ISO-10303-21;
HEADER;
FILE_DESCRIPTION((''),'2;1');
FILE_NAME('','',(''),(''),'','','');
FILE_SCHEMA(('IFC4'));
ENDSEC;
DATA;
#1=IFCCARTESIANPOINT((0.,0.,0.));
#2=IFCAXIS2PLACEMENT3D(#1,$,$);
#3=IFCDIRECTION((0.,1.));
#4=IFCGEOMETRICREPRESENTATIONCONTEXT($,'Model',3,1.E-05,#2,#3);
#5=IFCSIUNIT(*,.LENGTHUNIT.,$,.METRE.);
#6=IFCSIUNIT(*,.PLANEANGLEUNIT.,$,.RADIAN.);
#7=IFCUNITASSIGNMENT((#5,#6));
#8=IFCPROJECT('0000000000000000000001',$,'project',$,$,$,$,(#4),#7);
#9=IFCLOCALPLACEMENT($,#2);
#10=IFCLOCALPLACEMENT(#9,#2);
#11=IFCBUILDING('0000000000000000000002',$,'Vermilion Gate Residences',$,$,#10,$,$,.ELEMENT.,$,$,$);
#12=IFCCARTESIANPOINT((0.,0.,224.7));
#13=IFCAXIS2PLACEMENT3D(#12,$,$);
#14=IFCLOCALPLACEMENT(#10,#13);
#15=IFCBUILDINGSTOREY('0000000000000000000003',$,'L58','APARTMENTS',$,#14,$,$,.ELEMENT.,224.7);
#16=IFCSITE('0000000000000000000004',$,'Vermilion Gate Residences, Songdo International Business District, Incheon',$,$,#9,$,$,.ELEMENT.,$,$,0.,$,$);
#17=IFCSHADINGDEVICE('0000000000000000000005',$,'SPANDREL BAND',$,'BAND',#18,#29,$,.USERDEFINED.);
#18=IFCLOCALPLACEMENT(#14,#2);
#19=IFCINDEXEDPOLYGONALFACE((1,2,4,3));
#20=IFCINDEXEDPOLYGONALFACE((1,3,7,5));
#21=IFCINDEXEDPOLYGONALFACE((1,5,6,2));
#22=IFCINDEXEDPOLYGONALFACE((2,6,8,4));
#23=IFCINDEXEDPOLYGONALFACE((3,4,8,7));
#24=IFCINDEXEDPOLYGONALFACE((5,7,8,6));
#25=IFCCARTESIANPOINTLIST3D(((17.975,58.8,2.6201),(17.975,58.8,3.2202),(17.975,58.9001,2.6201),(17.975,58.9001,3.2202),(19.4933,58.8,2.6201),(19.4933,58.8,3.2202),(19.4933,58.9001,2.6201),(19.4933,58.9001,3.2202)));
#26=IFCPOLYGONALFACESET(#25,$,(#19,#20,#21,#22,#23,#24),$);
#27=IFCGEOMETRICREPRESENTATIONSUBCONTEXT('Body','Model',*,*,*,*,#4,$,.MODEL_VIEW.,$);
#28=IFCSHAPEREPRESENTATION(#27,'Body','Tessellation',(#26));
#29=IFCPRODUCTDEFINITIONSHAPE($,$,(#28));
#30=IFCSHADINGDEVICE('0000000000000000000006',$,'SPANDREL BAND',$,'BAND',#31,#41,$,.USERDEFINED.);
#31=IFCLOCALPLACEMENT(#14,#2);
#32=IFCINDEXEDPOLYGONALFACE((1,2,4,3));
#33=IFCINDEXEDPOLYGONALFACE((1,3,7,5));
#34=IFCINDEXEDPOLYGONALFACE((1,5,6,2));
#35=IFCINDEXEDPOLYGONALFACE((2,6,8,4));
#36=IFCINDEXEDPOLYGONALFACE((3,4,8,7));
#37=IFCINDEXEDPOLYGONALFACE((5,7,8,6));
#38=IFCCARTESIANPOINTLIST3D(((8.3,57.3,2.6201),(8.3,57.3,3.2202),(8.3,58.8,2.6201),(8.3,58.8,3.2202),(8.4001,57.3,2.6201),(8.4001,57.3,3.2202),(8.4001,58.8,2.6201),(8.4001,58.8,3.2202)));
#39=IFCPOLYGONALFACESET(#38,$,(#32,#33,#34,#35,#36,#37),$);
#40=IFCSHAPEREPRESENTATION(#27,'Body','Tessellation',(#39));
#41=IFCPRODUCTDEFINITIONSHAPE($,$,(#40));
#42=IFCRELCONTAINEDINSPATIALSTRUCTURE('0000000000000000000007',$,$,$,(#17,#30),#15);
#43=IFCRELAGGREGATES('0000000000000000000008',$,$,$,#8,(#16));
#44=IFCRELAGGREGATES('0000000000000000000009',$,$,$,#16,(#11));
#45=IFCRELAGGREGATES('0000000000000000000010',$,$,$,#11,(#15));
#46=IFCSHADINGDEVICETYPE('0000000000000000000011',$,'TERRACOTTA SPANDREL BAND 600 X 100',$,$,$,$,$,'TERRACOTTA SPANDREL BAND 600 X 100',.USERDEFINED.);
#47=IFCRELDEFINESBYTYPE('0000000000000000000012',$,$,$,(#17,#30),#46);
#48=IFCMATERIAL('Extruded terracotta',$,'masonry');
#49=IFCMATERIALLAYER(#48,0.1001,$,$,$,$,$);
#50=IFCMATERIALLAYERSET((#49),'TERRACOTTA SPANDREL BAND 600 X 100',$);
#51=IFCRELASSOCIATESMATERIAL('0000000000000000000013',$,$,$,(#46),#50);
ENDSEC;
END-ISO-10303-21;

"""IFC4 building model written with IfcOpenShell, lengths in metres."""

from ifc_helpers import new_model, si_unit, direction, frame, origin, origin_2d, place, context, subcontext, project, spatial, rectangle, extrude, material, layer, layer_set, type_object, element, save


model = new_model("IFC4")

# Units and contexts
model_context = context("Model", 3, precision=1e-05, world=origin(), true_north=direction((0.0, 1.0)))
body_context = subcontext(model_context, "Body", "Model", "MODEL_VIEW")
ifc_project = project(units=[si_unit("LENGTHUNIT", "METRE"), si_unit("PLANEANGLEUNIT", "RADIAN")], contexts=[model_context])

# Site, building, storey
site_placement = place(None, origin())
site = spatial("IfcSite", under=ifc_project, at=site_placement, Name="Vermilion Gate Residences, Songdo International Business District, Incheon", CompositionType="ELEMENT", RefElevation=0.0)
building_placement = place(site_placement, origin())
building = spatial("IfcBuilding", under=site, at=building_placement, Name="Vermilion Gate Residences", CompositionType="ELEMENT")
storey_placement = place(building_placement, frame((0.0, 0.0, 224.7)))
storey = spatial("IfcBuildingStorey", under=building, at=storey_placement, Name="L58", Description="APARTMENTS", CompositionType="ELEMENT", Elevation=224.7)

# Shading devices
ifc_material_1 = material(Name="Extruded terracotta", Category="masonry")
ifc_layer_1 = layer(ifc_material_1, 0.1001)
ifc_layer_set_1 = layer_set([ifc_layer_1], Name="TERRACOTTA SPANDREL BAND 600 X 100")
shading_device_type = type_object("IfcShadingDeviceType", Name="TERRACOTTA SPANDREL BAND 600 X 100", ElementType="TERRACOTTA SPANDREL BAND 600 X 100", PredefinedType="USERDEFINED", material=ifc_layer_set_1)
shading_device_1_placement = place(storey_placement, frame((18.7341, 58.8501, 2.6201), z_axis=(0.0, 0.0, 1.0), x_axis=(1.0, 0.0, 0.0)))
element("IfcShadingDevice", 1, at=shading_device_1_placement, inside=storey, type_object=shading_device_type, Name="SPANDREL BAND", ObjectType="BAND", PredefinedType="USERDEFINED", context=body_context, shape_type="SweptSolid", body=[
    extrude(rectangle(XDim=1.5183, YDim=0.1001, at=origin_2d()), origin(), (0.0, 0.0, 1.0), 0.6001),
])
shading_device_2_placement = place(storey_placement, frame((8.3501, 58.05, 2.6201), z_axis=(0.0, 0.0, 1.0), x_axis=(0.0, 1.0, 0.0)))
element("IfcShadingDevice", 2, at=shading_device_2_placement, inside=storey, type_object=shading_device_type, Name="SPANDREL BAND", ObjectType="BAND", PredefinedType="USERDEFINED", context=body_context, shape_type="SweptSolid", body=[
    extrude(rectangle(XDim=1.5, YDim=0.1001, at=origin_2d()), origin(), (0.0, 0.0, 1.0), 0.6001),
])

save(model, "model.ifc")
